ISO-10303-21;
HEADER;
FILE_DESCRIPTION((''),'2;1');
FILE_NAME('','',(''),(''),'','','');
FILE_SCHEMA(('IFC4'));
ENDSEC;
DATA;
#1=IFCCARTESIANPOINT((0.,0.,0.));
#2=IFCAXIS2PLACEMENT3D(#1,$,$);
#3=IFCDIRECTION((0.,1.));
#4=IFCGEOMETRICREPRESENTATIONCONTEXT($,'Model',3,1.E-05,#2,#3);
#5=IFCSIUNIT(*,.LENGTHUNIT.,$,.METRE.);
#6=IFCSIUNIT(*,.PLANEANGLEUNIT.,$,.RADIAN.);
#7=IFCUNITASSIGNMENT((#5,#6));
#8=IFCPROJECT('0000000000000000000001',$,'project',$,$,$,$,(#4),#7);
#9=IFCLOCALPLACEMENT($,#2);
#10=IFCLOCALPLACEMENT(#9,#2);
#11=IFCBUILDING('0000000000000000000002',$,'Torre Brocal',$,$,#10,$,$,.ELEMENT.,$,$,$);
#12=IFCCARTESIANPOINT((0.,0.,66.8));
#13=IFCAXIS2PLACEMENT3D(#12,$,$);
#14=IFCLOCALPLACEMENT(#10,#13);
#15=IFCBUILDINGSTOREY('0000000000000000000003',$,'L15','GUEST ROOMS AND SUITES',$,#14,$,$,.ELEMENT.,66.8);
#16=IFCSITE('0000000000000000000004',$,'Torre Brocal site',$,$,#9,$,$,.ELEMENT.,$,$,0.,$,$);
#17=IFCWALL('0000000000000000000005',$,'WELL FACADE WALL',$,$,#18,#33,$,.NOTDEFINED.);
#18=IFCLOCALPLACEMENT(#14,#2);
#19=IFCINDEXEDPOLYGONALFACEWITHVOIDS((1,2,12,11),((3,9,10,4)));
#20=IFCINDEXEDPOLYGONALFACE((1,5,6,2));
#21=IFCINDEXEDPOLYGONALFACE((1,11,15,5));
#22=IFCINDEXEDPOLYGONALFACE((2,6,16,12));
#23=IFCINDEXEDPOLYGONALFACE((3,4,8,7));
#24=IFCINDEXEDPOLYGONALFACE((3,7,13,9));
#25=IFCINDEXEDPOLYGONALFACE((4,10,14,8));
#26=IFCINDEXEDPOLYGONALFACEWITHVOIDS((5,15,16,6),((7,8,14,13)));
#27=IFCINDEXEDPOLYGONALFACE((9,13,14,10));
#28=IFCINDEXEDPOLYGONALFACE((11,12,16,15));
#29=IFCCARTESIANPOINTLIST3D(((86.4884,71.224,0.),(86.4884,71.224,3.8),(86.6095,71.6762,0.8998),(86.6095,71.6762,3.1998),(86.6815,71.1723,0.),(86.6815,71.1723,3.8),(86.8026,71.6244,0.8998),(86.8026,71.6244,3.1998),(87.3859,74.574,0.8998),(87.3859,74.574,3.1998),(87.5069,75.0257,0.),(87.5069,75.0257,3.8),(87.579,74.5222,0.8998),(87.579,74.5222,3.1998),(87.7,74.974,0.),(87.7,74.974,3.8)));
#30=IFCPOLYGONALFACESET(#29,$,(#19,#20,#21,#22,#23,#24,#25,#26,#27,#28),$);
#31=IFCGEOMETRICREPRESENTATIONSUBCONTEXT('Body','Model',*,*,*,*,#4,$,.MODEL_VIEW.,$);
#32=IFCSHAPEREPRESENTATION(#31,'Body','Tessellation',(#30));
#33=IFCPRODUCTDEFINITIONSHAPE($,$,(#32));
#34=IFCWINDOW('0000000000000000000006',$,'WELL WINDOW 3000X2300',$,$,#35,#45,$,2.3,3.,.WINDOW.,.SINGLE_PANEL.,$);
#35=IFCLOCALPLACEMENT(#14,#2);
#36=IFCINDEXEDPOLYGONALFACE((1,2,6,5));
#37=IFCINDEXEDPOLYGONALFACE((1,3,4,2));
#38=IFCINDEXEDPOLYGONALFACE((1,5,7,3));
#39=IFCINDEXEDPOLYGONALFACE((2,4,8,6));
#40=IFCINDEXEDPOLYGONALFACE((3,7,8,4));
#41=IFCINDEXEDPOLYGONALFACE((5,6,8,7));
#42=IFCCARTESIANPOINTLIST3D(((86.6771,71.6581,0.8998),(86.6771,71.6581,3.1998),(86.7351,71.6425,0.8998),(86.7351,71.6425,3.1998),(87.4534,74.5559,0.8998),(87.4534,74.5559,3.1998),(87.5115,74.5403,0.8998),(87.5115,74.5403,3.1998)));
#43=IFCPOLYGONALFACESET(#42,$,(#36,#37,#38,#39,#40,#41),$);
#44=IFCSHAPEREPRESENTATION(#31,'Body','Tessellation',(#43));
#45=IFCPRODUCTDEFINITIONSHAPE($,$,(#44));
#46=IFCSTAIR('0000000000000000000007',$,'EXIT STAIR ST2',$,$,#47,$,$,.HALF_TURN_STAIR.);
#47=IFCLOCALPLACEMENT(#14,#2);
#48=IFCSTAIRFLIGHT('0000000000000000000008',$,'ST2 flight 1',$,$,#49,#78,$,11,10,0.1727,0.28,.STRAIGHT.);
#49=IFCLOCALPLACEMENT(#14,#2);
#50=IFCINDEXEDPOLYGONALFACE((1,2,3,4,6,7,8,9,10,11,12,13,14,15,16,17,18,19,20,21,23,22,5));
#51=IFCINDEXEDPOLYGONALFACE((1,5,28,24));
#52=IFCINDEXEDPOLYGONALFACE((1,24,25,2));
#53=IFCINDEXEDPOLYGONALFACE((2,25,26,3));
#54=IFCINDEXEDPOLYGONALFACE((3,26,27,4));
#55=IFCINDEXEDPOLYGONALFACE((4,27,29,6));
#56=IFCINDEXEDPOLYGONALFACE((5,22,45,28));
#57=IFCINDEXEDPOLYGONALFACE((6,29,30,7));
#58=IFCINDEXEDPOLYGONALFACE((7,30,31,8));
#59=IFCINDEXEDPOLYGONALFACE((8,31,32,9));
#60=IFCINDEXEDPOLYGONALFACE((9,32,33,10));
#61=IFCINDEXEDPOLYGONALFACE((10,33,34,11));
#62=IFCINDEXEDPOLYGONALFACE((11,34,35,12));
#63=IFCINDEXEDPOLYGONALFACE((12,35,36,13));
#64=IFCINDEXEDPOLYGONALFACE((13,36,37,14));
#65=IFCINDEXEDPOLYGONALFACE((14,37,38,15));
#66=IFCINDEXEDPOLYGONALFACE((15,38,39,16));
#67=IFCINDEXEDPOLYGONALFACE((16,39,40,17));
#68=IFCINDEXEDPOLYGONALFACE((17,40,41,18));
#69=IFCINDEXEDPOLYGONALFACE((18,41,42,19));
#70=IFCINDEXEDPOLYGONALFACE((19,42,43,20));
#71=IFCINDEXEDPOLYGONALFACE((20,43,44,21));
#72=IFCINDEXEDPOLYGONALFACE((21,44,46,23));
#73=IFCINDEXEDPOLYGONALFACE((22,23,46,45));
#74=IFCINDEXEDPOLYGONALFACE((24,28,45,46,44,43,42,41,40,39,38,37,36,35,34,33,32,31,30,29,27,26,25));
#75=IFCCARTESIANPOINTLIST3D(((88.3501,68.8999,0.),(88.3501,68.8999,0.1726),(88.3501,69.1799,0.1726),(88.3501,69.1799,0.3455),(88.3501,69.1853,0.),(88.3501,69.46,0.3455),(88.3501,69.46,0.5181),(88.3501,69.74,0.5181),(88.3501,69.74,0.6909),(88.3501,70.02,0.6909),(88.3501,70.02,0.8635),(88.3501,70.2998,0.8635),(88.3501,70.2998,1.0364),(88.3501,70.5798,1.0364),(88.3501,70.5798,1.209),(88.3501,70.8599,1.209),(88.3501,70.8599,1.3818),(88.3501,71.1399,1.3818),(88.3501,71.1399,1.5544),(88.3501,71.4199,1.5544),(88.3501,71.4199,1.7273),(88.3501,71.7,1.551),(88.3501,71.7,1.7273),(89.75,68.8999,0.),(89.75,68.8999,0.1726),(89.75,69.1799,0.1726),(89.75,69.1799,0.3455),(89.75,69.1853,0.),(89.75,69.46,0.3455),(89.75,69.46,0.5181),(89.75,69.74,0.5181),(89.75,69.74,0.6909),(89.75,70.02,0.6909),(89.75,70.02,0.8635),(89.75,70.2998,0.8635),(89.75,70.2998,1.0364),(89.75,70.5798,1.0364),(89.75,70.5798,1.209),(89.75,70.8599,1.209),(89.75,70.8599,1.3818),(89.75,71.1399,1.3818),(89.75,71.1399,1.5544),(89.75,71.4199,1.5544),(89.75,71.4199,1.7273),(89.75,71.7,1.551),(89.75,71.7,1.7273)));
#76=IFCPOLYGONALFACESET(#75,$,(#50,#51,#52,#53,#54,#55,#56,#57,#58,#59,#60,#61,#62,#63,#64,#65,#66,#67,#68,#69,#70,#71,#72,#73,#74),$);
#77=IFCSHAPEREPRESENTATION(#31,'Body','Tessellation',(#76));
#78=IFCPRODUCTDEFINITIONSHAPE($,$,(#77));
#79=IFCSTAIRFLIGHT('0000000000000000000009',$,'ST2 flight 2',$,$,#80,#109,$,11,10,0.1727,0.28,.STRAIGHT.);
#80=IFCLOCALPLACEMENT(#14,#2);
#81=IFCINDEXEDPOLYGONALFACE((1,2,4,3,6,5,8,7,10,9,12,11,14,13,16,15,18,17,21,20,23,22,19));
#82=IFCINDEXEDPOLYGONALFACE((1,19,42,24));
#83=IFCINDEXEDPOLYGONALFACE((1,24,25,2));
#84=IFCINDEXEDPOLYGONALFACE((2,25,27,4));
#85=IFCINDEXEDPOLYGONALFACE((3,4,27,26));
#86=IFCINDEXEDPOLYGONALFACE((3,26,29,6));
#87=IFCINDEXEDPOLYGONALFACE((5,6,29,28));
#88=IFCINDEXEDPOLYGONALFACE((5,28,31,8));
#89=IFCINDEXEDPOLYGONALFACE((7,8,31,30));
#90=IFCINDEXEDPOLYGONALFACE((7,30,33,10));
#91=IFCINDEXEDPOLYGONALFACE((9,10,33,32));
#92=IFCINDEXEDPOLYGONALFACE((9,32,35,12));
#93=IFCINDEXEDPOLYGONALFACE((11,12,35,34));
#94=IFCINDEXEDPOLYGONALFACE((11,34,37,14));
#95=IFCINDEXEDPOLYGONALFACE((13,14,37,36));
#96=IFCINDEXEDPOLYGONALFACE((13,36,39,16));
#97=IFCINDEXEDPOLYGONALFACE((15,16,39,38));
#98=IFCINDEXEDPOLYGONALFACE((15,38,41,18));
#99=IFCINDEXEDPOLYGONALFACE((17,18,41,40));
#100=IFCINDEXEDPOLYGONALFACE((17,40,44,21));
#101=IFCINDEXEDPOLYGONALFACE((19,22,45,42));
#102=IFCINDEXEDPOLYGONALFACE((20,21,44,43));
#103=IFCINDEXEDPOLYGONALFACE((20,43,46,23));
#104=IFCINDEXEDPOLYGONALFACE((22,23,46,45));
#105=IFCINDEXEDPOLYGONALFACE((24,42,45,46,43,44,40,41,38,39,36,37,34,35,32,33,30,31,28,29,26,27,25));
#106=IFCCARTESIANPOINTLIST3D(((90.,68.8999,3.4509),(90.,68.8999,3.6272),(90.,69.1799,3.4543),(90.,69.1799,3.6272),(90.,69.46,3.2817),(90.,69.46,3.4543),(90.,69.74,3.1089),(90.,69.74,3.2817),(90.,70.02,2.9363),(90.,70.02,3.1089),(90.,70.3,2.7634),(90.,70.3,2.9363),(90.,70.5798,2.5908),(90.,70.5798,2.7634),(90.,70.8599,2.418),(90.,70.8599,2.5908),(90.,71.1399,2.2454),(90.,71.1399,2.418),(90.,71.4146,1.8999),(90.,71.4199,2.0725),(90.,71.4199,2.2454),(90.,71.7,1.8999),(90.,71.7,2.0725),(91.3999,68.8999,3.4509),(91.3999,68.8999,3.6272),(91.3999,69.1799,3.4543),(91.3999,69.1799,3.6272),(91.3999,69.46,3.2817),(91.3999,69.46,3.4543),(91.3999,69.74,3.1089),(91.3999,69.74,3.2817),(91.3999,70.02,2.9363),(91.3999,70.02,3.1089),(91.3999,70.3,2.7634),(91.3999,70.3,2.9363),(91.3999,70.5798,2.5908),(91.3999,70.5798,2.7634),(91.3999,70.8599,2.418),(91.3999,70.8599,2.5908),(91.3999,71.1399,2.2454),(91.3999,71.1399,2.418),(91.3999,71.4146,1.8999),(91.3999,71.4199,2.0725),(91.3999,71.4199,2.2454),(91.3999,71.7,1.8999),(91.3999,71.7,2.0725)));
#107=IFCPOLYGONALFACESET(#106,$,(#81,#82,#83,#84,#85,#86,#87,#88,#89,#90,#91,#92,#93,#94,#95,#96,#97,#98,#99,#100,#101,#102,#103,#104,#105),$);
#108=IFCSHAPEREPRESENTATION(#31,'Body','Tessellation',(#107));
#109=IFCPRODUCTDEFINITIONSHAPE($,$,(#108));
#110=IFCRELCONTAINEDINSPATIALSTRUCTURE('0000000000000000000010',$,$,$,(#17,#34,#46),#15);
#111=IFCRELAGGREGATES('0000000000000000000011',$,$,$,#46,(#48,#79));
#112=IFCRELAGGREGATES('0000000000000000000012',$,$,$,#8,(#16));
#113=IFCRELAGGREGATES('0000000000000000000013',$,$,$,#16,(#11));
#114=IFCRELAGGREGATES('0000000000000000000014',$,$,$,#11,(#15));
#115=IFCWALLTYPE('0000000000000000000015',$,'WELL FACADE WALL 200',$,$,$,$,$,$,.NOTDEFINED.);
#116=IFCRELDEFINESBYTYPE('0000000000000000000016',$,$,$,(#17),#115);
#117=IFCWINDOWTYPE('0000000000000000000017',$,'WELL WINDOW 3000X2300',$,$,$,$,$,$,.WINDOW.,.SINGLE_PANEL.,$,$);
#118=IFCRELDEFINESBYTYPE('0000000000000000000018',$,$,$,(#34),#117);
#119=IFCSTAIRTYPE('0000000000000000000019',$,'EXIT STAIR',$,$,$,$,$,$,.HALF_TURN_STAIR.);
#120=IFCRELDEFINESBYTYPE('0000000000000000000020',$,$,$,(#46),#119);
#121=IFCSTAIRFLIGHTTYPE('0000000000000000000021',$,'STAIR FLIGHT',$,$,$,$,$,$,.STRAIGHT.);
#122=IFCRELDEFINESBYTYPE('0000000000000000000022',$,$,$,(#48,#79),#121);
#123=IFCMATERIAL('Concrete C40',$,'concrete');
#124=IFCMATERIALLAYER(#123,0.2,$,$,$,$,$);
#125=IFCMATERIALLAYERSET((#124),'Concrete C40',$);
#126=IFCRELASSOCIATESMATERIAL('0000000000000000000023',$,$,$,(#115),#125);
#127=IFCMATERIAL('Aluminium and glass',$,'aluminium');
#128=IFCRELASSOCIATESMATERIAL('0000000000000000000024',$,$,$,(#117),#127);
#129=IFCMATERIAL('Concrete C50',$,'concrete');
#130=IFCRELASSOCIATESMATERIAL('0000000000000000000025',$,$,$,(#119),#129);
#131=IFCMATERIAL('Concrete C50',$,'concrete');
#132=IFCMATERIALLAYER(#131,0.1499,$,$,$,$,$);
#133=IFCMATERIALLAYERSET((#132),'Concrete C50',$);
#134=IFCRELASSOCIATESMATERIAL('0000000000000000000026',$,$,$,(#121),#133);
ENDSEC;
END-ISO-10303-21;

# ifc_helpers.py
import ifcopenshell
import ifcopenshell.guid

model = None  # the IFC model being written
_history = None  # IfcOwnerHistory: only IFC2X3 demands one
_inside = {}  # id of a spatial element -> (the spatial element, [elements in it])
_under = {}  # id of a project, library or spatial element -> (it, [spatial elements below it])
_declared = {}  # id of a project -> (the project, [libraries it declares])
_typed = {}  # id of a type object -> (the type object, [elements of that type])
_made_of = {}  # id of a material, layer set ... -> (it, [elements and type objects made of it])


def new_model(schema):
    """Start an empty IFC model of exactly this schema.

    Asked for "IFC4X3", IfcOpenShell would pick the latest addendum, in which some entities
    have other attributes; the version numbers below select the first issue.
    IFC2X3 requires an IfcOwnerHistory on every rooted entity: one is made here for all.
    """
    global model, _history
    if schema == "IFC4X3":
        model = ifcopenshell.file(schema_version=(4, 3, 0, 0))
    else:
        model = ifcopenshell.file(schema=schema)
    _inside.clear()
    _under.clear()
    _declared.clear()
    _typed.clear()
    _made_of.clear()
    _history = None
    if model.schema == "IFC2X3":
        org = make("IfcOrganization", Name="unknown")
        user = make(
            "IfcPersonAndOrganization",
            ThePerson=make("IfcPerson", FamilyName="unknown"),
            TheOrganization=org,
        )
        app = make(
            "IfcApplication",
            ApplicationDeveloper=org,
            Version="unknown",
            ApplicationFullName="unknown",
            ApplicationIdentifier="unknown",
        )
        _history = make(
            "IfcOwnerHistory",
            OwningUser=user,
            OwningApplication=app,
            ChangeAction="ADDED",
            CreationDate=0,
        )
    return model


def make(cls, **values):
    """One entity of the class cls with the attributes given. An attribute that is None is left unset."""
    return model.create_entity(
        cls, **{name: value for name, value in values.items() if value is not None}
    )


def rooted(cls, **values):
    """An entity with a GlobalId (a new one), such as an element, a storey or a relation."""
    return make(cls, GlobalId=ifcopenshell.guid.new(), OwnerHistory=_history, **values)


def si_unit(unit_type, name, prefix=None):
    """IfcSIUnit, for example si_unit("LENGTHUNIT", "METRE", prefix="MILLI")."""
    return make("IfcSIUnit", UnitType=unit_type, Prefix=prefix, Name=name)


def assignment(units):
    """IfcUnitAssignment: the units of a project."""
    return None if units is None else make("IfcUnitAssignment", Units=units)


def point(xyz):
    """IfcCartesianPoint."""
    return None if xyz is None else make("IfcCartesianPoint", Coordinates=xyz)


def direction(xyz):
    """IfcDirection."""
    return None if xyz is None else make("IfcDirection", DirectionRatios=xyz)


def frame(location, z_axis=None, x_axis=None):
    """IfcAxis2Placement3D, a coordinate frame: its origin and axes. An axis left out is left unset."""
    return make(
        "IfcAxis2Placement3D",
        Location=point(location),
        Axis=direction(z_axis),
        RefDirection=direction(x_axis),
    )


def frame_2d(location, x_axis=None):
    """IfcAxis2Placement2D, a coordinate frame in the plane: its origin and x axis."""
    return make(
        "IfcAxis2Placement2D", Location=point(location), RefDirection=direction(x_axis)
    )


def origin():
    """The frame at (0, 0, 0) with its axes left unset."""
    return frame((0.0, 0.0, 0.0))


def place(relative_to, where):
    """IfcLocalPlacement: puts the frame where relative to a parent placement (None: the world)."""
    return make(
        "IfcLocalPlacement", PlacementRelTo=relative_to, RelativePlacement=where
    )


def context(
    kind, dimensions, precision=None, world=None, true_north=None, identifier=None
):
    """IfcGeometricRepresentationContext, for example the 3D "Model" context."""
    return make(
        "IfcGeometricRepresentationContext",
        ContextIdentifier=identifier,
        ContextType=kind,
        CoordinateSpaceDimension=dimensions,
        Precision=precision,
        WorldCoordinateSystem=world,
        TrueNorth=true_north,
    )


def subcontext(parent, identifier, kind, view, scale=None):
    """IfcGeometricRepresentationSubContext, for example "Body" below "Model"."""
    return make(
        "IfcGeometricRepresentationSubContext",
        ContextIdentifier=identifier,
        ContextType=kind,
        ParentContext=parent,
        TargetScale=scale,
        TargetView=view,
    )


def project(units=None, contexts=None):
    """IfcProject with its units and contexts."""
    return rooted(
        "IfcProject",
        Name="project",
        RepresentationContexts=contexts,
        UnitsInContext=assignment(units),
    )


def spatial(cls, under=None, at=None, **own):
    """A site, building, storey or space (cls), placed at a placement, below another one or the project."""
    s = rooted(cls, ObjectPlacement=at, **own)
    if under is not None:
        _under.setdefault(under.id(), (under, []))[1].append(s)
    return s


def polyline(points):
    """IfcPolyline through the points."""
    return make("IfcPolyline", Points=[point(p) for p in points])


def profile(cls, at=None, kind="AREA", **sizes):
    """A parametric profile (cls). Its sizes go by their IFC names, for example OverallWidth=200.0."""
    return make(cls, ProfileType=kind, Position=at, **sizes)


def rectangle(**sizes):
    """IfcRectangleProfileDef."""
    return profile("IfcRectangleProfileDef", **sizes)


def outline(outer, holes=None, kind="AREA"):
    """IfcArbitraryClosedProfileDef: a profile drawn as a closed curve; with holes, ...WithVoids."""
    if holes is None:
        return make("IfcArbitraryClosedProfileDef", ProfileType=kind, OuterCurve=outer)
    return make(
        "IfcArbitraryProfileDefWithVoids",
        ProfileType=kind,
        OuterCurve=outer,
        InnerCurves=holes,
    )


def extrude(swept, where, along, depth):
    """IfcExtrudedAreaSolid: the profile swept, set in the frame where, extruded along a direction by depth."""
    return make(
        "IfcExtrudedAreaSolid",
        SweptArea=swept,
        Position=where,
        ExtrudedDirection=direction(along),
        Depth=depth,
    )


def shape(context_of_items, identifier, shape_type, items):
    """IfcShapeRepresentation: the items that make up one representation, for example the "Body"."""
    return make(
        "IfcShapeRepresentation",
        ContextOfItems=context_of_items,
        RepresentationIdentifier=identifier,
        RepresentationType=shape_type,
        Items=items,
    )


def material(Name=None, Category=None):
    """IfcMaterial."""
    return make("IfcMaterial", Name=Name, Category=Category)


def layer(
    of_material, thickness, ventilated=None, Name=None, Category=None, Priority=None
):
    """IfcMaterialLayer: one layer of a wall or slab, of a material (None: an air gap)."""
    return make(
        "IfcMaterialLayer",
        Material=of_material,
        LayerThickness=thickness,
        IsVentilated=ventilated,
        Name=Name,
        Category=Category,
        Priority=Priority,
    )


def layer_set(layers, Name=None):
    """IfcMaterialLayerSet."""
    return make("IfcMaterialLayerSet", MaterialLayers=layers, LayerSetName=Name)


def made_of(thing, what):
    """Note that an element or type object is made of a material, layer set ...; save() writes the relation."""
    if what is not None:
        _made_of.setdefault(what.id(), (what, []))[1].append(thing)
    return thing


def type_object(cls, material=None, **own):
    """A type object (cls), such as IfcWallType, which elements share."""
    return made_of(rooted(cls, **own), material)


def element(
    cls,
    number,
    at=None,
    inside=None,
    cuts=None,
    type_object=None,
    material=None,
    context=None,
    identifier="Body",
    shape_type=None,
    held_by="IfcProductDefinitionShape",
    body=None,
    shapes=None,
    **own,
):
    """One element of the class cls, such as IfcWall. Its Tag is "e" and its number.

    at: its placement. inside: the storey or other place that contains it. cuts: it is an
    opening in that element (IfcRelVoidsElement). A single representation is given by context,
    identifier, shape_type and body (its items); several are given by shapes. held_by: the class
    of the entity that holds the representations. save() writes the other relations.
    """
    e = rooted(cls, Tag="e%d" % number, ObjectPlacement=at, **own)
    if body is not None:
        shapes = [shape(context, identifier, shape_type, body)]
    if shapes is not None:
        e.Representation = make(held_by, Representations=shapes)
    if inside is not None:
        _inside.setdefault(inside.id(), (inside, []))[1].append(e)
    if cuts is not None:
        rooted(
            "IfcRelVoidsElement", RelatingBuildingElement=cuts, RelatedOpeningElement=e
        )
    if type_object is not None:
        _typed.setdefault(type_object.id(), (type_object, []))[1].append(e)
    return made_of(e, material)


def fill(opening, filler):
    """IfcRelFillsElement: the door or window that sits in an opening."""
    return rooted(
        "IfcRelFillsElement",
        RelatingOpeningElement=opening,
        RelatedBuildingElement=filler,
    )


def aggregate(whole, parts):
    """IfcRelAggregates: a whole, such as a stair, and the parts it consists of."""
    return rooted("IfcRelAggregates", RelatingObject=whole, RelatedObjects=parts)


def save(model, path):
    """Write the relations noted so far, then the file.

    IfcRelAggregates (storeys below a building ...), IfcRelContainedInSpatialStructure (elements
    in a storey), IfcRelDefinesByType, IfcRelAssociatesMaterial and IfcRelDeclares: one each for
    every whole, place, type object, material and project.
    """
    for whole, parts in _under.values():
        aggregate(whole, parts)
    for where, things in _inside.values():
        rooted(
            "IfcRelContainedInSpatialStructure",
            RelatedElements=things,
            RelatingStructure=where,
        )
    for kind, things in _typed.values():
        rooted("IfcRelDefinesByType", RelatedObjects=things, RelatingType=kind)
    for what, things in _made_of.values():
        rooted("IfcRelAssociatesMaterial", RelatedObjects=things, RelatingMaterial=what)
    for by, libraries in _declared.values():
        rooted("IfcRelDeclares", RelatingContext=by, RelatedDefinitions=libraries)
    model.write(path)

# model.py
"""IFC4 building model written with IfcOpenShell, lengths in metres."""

from ifc_helpers import new_model, si_unit, direction, frame, frame_2d, origin, place, context, subcontext, project, spatial, polyline, rectangle, outline, extrude, material, layer, layer_set, type_object, element, fill, aggregate, save


model = new_model("IFC4")

# Units and contexts
model_context = context("Model", 3, precision=1e-05, world=origin(), true_north=direction((0.0, 1.0)))
body_context = subcontext(model_context, "Body", "Model", "MODEL_VIEW")
ifc_project = project(units=[si_unit("LENGTHUNIT", "METRE"), si_unit("PLANEANGLEUNIT", "RADIAN")], contexts=[model_context])

# Site, building, storey
site_placement = place(None, origin())
site = spatial("IfcSite", under=ifc_project, at=site_placement, Name="Torre Brocal site", CompositionType="ELEMENT", RefElevation=0.0)
building_placement = place(site_placement, origin())
building = spatial("IfcBuilding", under=site, at=building_placement, Name="Torre Brocal", CompositionType="ELEMENT")
storey_placement = place(building_placement, frame((0.0, 0.0, 66.8)))
storey = spatial("IfcBuildingStorey", under=building, at=storey_placement, Name="L15", Description="GUEST ROOMS AND SUITES", CompositionType="ELEMENT", Elevation=66.8)

# Wall, opening, window
ifc_material_1 = material(Name="Concrete C40", Category="concrete")
ifc_layer_1 = layer(ifc_material_1, 0.2)
ifc_layer_set_1 = layer_set([ifc_layer_1], Name="Concrete C40")
wall_type_1 = type_object("IfcWallType", Name="WELL FACADE WALL 200", PredefinedType="NOTDEFINED", material=ifc_layer_set_1)
ifc_material_2 = material(Name="Aluminium and glass", Category="aluminium")
window_type = type_object("IfcWindowType", Name="WELL WINDOW 3000X2300", PartitioningType="SINGLE_PANEL", PredefinedType="WINDOW", material=ifc_material_2)
wall_1_placement = place(storey_placement, frame((86.585, 71.1982, 0.0), z_axis=(0.0, 0.0, 1.0), x_axis=(0.25879, 0.965934, 0.0)))
wall_1 = element("IfcWall", 1, at=wall_1_placement, inside=storey, type_object=wall_type_1, Name="WELL FACADE WALL", PredefinedType="NOTDEFINED", context=body_context, shape_type="SweptSolid", body=[
    extrude(rectangle(XDim=3.9358, YDim=0.2, at=frame_2d((1.9678, 0.0))), origin(), (0.0, 0.0, 1.0), 3.8),
])
opening_1_placement = place(wall_1_placement, frame((0.468, 0.0, 0.8999)))
opening_1 = element("IfcOpeningElement", 2, at=opening_1_placement, cuts=wall_1, PredefinedType="OPENING", context=body_context, shape_type="SweptSolid", body=[
    extrude(rectangle(XDim=3.0, YDim=2.3, at=frame_2d((1.5, 1.1499))), frame((0.0, 0.1099, 0.0), z_axis=(0.0, -1.0, 0.0), x_axis=(1.0, 0.0, 0.0)), (0.0, 0.0, 1.0), 0.22),
])
window_1_placement = place(opening_1_placement, origin())
window_1 = element("IfcWindow", 3, at=window_1_placement, inside=storey, type_object=window_type, Name="WELL WINDOW 3000X2300", OverallHeight=2.3, OverallWidth=3.0, PartitioningType="SINGLE_PANEL", PredefinedType="WINDOW", context=body_context, shape_type="SweptSolid", body=[
    extrude(rectangle(XDim=3.0, YDim=2.3, at=frame_2d((1.5, 1.1499))), frame((0.0, 0.03, 0.0), z_axis=(0.0, -1.0, 0.0), x_axis=(1.0, 0.0, 0.0)), (0.0, 0.0, 1.0), 0.0601),
])
fill(opening_1, window_1)

# Stair, stair flights
ifc_material_3 = material(Name="Concrete C50", Category="concrete")
stair_type = type_object("IfcStairType", Name="EXIT STAIR", PredefinedType="HALF_TURN_STAIR", material=ifc_material_3)
stair_placement = place(storey_placement, origin())
stair = element("IfcStair", 4, at=stair_placement, inside=storey, type_object=stair_type, Name="EXIT STAIR ST2", PredefinedType="HALF_TURN_STAIR")
ifc_material_4 = material(Name="Concrete C50", Category="concrete")
ifc_layer_2 = layer(ifc_material_4, 0.1499)
ifc_layer_set_2 = layer_set([ifc_layer_2], Name="Concrete C50")
stair_flight_type = type_object("IfcStairFlightType", Name="STAIR FLIGHT", PredefinedType="STRAIGHT", material=ifc_layer_set_2)
stair_flight_1_placement = place(storey_placement, frame((89.05, 68.8999, 0.0), z_axis=(0.0, 0.0, 1.0), x_axis=(0.0, 1.0, 0.0)))
stair_flight_1 = element("IfcStairFlight", 5, at=stair_flight_1_placement, type_object=stair_flight_type, Name="ST2 flight 1", NumberOfRisers=11, NumberOfTreads=10, PredefinedType="STRAIGHT", RiserHeight=0.1727, TreadLength=0.28, context=body_context, shape_type="SweptSolid", body=[
    extrude(outline(polyline([(0.0, 0.0), (0.0, 0.1726), (0.28, 0.1726), (0.28, 0.3455), (0.5601, 0.3455), (0.5601, 0.5181), (0.8401, 0.5181), (0.8401, 0.6909), (1.1201, 0.6909), (1.1201, 0.8635), (1.3999, 0.8635), (1.3999, 1.0364), (1.6799, 1.0364), (1.6799, 1.209), (1.96, 1.209), (1.96, 1.3818), (2.24, 1.3818), (2.24, 1.5544), (2.52, 1.5544), (2.52, 1.7273), (2.8, 1.7273), (2.8, 1.8999), (2.8, 1.551), (0.2854, 0.0), (0.0, 0.0)])), frame((0.0, 0.7, 0.0), z_axis=(0.0, -1.0, 0.0), x_axis=(1.0, 0.0, 0.0)), (0.0, 0.0, 1.0), 1.3999),
])
stair_flight_2_placement = place(storey_placement, frame((90.7, 71.7, 1.8999), z_axis=(0.0, 0.0, 1.0), x_axis=(0.0, -1.0, 0.0)))
stair_flight_2 = element("IfcStairFlight", 6, at=stair_flight_2_placement, type_object=stair_flight_type, Name="ST2 flight 2", NumberOfRisers=11, NumberOfTreads=10, PredefinedType="STRAIGHT", RiserHeight=0.1727, TreadLength=0.28, context=body_context, shape_type="SweptSolid", body=[
    extrude(outline(polyline([(0.0, 0.0), (0.0, 0.1726), (0.28, 0.1726), (0.28, 0.3455), (0.5601, 0.3455), (0.5601, 0.5181), (0.8401, 0.5181), (0.8401, 0.6909), (1.1201, 0.6909), (1.1201, 0.8635), (1.3999, 0.8635), (1.3999, 1.0364), (1.6799, 1.0364), (1.6799, 1.209), (1.96, 1.209), (1.96, 1.3818), (2.24, 1.3818), (2.24, 1.5544), (2.52, 1.5544), (2.52, 1.7273), (2.8, 1.7273), (2.8, 1.8999), (2.8, 1.551), (0.2854, 0.0), (0.0, 0.0)])), frame((0.0, 0.7, 0.0), z_axis=(0.0, -1.0, 0.0), x_axis=(1.0, 0.0, 0.0)), (0.0, 0.0, 1.0), 1.3999),
])
aggregate(stair, [stair_flight_1, stair_flight_2])

save(model, "model.ifc")
